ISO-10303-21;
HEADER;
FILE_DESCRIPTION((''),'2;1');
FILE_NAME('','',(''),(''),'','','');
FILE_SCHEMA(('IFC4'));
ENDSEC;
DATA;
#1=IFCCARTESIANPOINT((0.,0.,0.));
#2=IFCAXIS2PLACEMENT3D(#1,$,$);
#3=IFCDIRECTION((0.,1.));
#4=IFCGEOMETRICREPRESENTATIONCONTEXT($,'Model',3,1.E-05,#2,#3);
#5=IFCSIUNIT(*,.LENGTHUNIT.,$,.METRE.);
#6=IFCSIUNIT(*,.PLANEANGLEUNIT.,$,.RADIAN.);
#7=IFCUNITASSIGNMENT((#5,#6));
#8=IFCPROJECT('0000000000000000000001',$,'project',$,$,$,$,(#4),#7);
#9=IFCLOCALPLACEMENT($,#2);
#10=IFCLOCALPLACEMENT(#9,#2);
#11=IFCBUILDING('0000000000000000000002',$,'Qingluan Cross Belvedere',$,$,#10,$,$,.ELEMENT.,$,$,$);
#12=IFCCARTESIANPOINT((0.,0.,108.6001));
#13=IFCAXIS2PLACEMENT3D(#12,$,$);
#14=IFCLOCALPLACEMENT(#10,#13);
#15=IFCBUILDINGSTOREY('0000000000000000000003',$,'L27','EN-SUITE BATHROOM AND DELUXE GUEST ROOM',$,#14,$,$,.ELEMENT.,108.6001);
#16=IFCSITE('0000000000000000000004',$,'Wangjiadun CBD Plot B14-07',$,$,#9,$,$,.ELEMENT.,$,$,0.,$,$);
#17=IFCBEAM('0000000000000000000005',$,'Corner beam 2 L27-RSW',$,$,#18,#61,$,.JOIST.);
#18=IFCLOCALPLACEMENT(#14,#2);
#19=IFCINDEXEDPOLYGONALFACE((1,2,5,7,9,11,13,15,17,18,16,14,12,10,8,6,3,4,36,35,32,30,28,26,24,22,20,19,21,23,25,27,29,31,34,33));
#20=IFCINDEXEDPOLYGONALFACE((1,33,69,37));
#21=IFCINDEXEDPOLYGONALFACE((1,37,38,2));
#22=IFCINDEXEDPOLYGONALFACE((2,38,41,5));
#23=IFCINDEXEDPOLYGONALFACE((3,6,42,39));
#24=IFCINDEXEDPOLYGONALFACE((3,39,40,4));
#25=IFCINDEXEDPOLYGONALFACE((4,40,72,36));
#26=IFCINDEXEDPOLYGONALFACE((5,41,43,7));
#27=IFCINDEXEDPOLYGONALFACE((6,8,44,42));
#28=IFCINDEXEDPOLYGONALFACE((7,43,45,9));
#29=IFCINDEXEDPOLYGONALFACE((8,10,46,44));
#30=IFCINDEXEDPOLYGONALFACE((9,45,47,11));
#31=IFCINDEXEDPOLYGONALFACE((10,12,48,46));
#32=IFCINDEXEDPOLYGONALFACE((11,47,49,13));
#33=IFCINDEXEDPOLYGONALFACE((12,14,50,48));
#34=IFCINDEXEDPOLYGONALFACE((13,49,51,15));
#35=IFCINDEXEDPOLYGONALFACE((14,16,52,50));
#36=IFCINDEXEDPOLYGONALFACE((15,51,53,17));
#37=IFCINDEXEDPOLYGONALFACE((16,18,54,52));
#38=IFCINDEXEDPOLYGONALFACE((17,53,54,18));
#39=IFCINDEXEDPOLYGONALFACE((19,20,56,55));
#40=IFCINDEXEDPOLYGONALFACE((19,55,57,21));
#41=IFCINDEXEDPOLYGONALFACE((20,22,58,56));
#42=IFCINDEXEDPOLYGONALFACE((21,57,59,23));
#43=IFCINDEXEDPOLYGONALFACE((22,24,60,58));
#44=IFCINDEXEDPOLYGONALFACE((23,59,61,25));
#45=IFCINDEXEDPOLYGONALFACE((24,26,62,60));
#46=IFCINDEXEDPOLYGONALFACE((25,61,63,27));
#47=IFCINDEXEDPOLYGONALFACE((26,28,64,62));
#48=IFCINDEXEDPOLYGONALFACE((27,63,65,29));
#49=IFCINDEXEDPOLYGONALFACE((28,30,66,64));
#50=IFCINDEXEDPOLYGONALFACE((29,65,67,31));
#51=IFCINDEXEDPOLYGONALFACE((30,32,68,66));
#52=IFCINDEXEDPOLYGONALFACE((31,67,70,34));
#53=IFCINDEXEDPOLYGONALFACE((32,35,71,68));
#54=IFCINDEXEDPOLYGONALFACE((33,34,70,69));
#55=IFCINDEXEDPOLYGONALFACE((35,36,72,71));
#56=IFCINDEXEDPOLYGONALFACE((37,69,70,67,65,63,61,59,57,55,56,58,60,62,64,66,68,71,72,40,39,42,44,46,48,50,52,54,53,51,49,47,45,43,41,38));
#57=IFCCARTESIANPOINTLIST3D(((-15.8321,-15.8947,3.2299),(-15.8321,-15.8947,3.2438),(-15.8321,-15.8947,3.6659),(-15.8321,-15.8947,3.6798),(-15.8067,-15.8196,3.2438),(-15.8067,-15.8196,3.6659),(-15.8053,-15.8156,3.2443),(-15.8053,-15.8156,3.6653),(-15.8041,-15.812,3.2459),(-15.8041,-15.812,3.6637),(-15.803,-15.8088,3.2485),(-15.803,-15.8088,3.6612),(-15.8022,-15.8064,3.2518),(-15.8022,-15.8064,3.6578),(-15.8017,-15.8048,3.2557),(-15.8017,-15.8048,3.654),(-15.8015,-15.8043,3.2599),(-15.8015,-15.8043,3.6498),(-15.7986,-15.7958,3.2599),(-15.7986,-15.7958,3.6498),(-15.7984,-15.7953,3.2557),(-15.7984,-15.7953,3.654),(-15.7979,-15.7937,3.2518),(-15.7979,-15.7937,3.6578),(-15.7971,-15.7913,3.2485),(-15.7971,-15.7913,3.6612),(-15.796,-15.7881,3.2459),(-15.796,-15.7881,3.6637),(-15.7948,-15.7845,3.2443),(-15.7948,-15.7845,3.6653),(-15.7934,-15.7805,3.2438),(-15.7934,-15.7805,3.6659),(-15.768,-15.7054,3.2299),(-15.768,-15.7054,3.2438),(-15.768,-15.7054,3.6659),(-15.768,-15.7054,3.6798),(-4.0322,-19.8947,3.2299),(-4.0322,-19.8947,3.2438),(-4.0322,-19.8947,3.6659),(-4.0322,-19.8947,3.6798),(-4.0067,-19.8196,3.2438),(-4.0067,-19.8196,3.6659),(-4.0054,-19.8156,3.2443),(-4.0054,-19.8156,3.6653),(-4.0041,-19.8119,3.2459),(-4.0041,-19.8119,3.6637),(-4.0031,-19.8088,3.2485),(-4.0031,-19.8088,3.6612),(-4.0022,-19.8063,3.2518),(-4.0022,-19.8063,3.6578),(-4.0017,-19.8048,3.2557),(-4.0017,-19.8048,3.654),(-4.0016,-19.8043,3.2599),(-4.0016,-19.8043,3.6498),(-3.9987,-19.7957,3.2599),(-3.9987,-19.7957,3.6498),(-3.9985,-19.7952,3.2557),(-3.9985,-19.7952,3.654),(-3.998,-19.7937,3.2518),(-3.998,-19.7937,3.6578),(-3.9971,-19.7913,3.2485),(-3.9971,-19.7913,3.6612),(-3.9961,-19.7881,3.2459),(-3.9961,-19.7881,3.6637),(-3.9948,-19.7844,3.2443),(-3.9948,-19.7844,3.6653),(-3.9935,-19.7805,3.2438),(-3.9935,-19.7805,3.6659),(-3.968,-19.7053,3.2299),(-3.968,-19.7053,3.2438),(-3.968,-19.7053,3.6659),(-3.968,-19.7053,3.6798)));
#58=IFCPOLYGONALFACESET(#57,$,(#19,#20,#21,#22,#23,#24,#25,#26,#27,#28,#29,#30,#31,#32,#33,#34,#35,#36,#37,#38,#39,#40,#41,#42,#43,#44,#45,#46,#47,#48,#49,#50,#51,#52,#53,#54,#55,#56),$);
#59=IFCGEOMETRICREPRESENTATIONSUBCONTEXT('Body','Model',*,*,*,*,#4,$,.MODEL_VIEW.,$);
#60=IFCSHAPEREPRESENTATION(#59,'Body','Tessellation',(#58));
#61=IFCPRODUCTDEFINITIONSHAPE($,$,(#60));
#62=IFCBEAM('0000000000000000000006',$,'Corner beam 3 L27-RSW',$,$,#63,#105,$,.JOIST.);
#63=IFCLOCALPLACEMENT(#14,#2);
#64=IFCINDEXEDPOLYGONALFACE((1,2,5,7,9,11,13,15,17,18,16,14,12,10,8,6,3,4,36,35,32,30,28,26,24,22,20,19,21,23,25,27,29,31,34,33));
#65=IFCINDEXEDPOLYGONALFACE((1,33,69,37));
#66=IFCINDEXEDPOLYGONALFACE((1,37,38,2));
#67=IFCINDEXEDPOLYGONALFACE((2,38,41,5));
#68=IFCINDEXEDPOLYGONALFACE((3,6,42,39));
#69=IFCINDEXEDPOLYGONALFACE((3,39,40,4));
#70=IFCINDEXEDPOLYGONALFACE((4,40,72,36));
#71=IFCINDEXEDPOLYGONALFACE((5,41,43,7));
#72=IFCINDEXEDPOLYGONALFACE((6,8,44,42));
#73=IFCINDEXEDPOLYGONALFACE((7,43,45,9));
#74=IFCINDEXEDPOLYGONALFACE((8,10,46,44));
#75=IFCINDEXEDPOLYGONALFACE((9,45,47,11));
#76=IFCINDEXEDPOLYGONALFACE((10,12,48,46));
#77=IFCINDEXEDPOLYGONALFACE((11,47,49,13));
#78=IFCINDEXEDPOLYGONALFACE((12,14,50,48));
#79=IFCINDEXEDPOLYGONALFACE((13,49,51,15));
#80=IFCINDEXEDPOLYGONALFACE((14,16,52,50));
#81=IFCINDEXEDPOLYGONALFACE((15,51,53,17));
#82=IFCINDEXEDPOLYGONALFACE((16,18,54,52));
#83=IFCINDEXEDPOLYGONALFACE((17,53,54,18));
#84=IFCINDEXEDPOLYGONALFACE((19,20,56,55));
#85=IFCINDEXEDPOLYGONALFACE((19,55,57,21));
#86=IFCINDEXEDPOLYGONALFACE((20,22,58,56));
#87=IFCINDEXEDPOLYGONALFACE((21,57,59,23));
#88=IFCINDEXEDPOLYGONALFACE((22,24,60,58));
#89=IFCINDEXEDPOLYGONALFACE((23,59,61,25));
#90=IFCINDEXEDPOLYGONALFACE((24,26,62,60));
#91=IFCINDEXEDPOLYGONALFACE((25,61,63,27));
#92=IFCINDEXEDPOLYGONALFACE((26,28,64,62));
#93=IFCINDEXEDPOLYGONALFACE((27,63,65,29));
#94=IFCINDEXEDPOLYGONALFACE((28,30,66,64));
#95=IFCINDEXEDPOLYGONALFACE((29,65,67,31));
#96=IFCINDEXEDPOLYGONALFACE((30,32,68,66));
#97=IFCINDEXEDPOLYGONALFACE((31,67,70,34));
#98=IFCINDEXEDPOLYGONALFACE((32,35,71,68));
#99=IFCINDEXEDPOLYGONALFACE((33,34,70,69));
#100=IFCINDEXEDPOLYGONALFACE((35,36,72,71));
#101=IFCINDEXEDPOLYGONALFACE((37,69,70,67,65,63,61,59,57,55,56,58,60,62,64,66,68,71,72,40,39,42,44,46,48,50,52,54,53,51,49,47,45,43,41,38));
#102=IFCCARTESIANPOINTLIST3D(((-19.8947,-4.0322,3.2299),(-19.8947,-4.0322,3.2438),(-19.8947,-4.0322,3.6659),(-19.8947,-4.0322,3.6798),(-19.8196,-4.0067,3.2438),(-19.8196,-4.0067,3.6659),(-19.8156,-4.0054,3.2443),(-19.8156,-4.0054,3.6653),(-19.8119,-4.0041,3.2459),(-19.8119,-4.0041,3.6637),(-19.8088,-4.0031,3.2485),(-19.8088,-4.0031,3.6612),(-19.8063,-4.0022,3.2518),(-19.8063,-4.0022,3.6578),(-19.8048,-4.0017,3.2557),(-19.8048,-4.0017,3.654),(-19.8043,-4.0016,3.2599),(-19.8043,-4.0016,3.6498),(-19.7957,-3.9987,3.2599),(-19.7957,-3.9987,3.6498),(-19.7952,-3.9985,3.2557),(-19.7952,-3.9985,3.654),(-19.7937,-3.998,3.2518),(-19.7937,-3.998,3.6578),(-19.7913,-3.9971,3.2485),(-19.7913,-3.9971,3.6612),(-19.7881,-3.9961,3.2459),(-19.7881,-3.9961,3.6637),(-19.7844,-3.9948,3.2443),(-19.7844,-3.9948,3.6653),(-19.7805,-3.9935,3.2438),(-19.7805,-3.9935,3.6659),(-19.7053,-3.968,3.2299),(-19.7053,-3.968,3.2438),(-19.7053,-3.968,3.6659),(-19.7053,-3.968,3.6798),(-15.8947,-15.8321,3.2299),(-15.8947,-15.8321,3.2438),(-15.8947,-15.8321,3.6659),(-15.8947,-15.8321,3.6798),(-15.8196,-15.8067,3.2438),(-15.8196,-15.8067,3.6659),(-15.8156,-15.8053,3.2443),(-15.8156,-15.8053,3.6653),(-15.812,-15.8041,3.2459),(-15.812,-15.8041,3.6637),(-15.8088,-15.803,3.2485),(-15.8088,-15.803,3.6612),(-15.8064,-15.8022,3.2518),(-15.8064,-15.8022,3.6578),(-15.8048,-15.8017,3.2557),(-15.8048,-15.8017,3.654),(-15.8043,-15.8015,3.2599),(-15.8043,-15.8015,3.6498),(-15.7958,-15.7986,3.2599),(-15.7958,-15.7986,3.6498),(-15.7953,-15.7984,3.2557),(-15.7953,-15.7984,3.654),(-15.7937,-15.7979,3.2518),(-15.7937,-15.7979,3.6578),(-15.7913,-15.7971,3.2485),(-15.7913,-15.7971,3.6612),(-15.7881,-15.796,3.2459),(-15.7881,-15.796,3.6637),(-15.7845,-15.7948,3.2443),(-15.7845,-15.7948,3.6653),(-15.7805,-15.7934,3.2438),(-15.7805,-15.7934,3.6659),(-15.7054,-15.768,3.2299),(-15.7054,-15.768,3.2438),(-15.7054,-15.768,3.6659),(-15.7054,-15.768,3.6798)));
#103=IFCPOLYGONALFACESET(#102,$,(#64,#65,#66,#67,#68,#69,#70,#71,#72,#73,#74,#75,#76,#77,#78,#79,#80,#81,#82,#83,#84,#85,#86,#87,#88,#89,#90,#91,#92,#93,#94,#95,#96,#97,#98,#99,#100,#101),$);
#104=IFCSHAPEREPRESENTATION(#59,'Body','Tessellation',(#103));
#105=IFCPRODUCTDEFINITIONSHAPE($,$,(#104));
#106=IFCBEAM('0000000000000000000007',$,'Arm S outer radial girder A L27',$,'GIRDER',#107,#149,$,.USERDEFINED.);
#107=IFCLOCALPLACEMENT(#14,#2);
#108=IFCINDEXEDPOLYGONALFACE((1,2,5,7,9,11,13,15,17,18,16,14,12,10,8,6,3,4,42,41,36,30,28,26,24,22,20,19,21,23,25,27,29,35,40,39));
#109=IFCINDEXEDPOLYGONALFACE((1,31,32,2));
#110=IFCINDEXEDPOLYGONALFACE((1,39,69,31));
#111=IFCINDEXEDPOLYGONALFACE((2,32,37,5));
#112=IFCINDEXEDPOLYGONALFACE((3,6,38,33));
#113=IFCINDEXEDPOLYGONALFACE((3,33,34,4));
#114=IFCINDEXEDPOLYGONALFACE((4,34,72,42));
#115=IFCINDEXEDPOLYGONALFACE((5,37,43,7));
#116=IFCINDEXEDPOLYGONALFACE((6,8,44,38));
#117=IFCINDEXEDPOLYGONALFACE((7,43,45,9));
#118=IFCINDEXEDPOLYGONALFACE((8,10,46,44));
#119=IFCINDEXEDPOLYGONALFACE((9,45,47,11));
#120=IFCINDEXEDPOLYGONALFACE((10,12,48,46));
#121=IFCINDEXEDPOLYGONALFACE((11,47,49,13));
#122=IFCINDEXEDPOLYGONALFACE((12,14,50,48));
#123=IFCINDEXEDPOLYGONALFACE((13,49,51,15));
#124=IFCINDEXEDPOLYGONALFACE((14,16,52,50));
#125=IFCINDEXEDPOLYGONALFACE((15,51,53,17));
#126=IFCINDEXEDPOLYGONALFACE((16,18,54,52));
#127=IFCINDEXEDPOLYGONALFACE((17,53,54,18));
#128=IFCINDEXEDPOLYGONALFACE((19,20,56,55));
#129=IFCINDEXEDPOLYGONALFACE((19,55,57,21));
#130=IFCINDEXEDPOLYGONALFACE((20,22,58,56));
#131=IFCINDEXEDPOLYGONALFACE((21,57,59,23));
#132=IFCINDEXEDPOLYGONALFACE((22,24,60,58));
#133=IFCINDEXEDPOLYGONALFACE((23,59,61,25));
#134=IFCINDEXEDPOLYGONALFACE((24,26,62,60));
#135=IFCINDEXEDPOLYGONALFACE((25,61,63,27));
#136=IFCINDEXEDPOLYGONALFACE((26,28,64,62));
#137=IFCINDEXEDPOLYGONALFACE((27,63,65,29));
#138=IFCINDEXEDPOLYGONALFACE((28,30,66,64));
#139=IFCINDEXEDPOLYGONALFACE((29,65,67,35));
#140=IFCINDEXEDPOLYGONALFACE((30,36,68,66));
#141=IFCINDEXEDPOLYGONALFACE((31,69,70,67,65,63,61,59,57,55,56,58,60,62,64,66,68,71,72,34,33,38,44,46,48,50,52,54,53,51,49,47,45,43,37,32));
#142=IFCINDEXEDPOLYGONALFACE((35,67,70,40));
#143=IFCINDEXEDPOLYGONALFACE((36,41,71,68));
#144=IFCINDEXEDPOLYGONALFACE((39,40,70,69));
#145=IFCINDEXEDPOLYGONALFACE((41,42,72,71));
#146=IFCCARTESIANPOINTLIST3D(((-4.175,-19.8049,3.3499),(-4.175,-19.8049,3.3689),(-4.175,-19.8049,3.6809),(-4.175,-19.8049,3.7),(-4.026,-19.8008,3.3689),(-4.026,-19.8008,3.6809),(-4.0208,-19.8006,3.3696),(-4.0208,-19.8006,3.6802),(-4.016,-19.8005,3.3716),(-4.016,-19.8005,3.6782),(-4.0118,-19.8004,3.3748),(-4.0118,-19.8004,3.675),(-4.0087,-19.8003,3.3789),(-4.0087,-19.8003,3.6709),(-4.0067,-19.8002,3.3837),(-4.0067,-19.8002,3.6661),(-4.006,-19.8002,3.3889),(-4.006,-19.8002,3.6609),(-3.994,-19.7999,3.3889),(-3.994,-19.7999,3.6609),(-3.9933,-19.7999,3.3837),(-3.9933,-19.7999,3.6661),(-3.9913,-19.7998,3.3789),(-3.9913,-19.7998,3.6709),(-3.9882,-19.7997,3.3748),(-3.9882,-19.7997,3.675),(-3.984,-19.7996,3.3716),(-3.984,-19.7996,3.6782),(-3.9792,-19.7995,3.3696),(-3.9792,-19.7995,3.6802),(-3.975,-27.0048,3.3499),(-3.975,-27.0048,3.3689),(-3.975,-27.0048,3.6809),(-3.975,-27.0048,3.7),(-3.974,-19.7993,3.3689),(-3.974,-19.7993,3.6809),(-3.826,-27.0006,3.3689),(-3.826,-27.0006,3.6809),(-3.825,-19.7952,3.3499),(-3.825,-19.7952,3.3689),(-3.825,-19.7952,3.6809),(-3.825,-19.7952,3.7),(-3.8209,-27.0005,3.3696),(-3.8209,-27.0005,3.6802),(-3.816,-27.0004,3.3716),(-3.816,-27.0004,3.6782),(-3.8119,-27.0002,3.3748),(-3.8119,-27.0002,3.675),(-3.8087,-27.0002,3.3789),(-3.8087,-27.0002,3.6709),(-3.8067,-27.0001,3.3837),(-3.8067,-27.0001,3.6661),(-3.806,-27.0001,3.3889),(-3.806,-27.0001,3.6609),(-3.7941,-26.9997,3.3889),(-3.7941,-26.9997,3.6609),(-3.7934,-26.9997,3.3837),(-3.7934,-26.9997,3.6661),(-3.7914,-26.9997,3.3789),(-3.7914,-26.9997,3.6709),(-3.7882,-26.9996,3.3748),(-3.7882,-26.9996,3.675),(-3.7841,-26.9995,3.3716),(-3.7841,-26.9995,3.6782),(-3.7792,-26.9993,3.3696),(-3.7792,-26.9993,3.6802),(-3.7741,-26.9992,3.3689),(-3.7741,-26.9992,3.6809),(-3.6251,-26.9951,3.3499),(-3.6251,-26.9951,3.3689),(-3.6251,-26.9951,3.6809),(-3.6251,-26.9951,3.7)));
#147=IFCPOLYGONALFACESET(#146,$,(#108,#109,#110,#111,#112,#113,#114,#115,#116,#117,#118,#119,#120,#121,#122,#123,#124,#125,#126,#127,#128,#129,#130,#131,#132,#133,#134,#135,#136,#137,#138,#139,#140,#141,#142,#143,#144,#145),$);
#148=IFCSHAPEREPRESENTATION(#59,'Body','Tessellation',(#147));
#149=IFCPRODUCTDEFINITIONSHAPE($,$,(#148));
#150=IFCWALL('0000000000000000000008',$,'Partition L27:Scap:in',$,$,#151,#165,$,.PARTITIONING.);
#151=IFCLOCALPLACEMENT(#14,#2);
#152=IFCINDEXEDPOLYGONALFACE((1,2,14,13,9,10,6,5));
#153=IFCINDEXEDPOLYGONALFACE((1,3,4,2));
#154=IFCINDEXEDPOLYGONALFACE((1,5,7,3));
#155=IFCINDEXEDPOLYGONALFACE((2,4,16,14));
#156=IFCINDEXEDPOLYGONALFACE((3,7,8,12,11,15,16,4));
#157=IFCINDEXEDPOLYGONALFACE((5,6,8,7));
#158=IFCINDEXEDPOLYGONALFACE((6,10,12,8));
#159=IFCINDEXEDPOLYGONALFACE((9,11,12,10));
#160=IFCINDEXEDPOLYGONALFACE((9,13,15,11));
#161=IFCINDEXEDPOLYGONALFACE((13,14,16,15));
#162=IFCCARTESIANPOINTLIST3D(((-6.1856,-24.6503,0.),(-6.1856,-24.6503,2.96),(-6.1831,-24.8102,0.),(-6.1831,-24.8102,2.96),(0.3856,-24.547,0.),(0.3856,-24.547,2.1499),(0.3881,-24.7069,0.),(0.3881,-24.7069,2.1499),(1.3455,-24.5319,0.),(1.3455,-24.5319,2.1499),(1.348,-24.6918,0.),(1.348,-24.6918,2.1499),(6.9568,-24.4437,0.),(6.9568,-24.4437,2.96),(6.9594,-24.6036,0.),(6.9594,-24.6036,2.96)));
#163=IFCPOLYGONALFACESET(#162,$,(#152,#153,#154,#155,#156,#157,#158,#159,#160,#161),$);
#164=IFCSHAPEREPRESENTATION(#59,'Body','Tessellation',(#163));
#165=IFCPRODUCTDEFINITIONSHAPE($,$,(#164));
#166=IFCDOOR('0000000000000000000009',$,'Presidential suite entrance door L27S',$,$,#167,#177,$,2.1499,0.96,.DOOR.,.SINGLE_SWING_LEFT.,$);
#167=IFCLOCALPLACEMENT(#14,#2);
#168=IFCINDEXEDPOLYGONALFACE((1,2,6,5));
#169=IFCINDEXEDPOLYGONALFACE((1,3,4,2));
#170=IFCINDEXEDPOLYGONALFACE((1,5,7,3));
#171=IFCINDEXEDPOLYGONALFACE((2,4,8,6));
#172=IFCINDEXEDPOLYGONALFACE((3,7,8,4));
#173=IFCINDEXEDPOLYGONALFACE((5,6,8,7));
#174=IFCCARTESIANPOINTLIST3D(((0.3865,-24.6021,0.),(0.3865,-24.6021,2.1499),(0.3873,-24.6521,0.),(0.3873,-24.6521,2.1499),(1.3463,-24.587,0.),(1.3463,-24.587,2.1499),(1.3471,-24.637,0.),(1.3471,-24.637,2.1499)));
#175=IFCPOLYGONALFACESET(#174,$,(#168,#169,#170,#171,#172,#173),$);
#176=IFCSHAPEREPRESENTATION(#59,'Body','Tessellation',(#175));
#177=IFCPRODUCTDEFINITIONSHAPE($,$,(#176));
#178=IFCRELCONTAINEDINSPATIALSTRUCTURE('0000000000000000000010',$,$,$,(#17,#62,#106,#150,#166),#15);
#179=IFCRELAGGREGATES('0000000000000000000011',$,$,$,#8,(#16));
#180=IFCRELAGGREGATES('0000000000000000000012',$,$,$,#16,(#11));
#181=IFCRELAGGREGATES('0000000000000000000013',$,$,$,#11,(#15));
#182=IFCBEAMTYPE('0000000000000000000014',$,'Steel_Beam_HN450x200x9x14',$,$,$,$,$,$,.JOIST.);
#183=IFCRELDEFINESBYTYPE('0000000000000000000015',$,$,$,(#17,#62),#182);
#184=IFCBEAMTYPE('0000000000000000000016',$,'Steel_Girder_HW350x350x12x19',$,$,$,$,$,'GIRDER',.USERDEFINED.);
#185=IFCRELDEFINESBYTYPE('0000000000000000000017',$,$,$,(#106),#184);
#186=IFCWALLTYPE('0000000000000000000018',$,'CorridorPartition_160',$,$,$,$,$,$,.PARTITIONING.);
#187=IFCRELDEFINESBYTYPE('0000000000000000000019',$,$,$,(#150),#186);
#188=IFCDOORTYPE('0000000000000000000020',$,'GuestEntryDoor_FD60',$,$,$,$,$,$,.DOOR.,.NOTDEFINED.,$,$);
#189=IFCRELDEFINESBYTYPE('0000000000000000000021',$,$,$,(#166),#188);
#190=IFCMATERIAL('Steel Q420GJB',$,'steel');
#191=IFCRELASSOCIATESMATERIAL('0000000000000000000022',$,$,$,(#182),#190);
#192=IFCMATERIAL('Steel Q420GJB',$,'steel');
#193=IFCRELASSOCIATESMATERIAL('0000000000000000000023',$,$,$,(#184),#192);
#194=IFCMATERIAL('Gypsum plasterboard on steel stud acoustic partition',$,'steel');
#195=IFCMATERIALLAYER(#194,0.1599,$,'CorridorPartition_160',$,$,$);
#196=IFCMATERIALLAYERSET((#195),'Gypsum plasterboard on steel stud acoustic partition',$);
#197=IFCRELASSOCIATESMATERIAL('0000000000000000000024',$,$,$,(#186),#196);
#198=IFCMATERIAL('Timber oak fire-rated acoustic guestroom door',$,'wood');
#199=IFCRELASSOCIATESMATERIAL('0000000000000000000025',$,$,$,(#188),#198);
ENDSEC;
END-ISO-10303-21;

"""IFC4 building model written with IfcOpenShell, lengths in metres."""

from ifc_helpers import new_model, si_unit, direction, frame, frame_2d, origin, origin_2d, place, context, subcontext, project, spatial, rectangle, i_section, extrude, material, layer, layer_set, material_profile, profile_set, type_object, element, fill, save


model = new_model("IFC4")

# Units and contexts
model_context = context("Model", 3, precision=1e-05, world=origin(), true_north=direction((0.0, 1.0)))
body_context = subcontext(model_context, "Body", "Model", "MODEL_VIEW")
ifc_project = project(units=[si_unit("LENGTHUNIT", "METRE"), si_unit("PLANEANGLEUNIT", "RADIAN")], contexts=[model_context])

# Site, building, storey
site_placement = place(None, origin())
site = spatial("IfcSite", under=ifc_project, at=site_placement, Name="Wangjiadun CBD Plot B14-07", CompositionType="ELEMENT", RefElevation=0.0)
building_placement = place(site_placement, origin())
building = spatial("IfcBuilding", under=site, at=building_placement, Name="Qingluan Cross Belvedere", CompositionType="ELEMENT")
storey_placement = place(building_placement, frame((0.0, 0.0, 108.6001)))
storey = spatial("IfcBuildingStorey", under=building, at=storey_placement, Name="L27", Description="EN-SUITE BATHROOM AND DELUXE GUEST ROOM", CompositionType="ELEMENT", Elevation=108.6001)

# Beams
ifc_material_1 = material(Name="Steel Q420GJB", Category="steel")
ifc_material_profile_1 = material_profile(ifc_material_1, i_section(OverallWidth=0.2, OverallDepth=0.45, WebThickness=0.009, FlangeThickness=0.0139, FilletRadius=0.0161, at=origin_2d()), Name="HN450x200x9x14")
ifc_profile_set_1 = profile_set([ifc_material_profile_1], Name="Steel Q420GJB")
beam_type_1 = type_object("IfcBeamType", Name="Steel_Beam_HN450x200x9x14", PredefinedType="JOIST", material=ifc_profile_set_1)
for number, where, z_axis, x_axis, name in (
    (1, (-15.8, -15.8, 3.4548), (0.947066, -0.321038, 0.0), (0.321038, 0.947066, 0.0), "Corner beam 2 L27-RSW"),
    (2, (-15.8, -15.8, 3.4548), (-0.321038, 0.947066, 0.0), (-0.947066, -0.321038, 0.0), "Corner beam 3 L27-RSW"),
):
    element("IfcBeam", number, at=place(storey_placement, frame(where, z_axis=z_axis, x_axis=x_axis)), inside=storey, type_object=beam_type_1, Name=name, PredefinedType="JOIST", context=body_context, shape_type="SweptSolid", body=[
        extrude(i_section(OverallWidth=0.2, OverallDepth=0.45, WebThickness=0.009, FlangeThickness=0.0139, FilletRadius=0.0161, at=origin_2d()), origin(), (0.0, 0.0, 1.0), 12.4595),
    ])
ifc_material_2 = material(Name="Steel Q420GJB", Category="steel")
ifc_material_profile_2 = material_profile(ifc_material_2, i_section(OverallWidth=0.3501, OverallDepth=0.3501, WebThickness=0.012, FlangeThickness=0.019, FilletRadius=0.02, at=origin_2d()), Name="HW350x350x12x19")
ifc_profile_set_2 = profile_set([ifc_material_profile_2], Name="Steel Q420GJB")
beam_type_2 = type_object("IfcBeamType", Name="Steel_Girder_HW350x350x12x19", ElementType="GIRDER", PredefinedType="USERDEFINED", material=ifc_profile_set_2)
beam_1_placement = place(storey_placement, frame((-4.0, -19.8, 3.5249), z_axis=(0.02776, -0.999615, 0.0), x_axis=(0.999615, 0.02776, 0.0)))
element("IfcBeam", 3, at=beam_1_placement, inside=storey, type_object=beam_type_2, Name="Arm S outer radial girder A L27", ObjectType="GIRDER", PredefinedType="USERDEFINED", context=body_context, shape_type="SweptSolid", body=[
    extrude(i_section(OverallWidth=0.3501, OverallDepth=0.3501, WebThickness=0.012, FlangeThickness=0.019, FilletRadius=0.02, at=origin_2d()), origin(), (0.0, 0.0, 1.0), 7.2026),
])

# Wall, opening, door
ifc_material_3 = material(Name="Gypsum plasterboard on steel stud acoustic partition", Category="steel")
ifc_layer_1 = layer(ifc_material_3, 0.1599, Name="CorridorPartition_160")
ifc_layer_set_1 = layer_set([ifc_layer_1], Name="Gypsum plasterboard on steel stud acoustic partition")
wall_type_1 = type_object("IfcWallType", Name="CorridorPartition_160", PredefinedType="PARTITIONING", material=ifc_layer_set_1)
wall_1_placement = place(storey_placement, frame((-6.1843, -24.7302, 0.0), z_axis=(0.0, 0.0, 1.0), x_axis=(0.999877, 0.015714, 0.0)))
wall_1 = element("IfcWall", 4, at=wall_1_placement, inside=storey, type_object=wall_type_1, Name="Partition L27:Scap:in", PredefinedType="PARTITIONING", context=body_context, shape_type="SweptSolid", body=[
    extrude(rectangle(XDim=13.144, YDim=0.1599, at=frame_2d((6.572, 0.0))), origin(), (0.0, 0.0, 1.0), 2.96),
])
opening_1_placement = place(wall_1_placement, frame((6.572, 0.0, 0.0)))
opening_1 = element("IfcOpeningElement", 5, at=opening_1_placement, cuts=wall_1, PredefinedType="OPENING", context=body_context, shape_type="SweptSolid", body=[
    extrude(rectangle(XDim=0.96, YDim=2.1499, at=frame_2d((0.48, 1.075))), frame((0.0, 0.0898, 0.0), z_axis=(0.0, -1.0, 0.0), x_axis=(1.0, 0.0, 0.0)), (0.0, 0.0, 1.0), 0.1799),
])
ifc_material_4 = material(Name="Timber oak fire-rated acoustic guestroom door", Category="wood")
door_type_1 = type_object("IfcDoorType", Name="GuestEntryDoor_FD60", OperationType="NOTDEFINED", PredefinedType="DOOR", material=ifc_material_4)
door_1_placement = place(opening_1_placement, origin())
door_1 = element("IfcDoor", 6, at=door_1_placement, inside=storey, type_object=door_type_1, Name="Presidential suite entrance door L27S", OperationType="SINGLE_SWING_LEFT", OverallHeight=2.1499, OverallWidth=0.96, PredefinedType="DOOR", context=body_context, shape_type="SweptSolid", body=[
    extrude(rectangle(XDim=0.96, YDim=2.1499, at=frame_2d((0.48, 1.075))), frame((0.0, 0.0249, 0.0), z_axis=(0.0, -1.0, 0.0), x_axis=(1.0, 0.0, 0.0)), (0.0, 0.0, 1.0), 0.05),
])
fill(opening_1, door_1)

save(model, "model.ifc")
